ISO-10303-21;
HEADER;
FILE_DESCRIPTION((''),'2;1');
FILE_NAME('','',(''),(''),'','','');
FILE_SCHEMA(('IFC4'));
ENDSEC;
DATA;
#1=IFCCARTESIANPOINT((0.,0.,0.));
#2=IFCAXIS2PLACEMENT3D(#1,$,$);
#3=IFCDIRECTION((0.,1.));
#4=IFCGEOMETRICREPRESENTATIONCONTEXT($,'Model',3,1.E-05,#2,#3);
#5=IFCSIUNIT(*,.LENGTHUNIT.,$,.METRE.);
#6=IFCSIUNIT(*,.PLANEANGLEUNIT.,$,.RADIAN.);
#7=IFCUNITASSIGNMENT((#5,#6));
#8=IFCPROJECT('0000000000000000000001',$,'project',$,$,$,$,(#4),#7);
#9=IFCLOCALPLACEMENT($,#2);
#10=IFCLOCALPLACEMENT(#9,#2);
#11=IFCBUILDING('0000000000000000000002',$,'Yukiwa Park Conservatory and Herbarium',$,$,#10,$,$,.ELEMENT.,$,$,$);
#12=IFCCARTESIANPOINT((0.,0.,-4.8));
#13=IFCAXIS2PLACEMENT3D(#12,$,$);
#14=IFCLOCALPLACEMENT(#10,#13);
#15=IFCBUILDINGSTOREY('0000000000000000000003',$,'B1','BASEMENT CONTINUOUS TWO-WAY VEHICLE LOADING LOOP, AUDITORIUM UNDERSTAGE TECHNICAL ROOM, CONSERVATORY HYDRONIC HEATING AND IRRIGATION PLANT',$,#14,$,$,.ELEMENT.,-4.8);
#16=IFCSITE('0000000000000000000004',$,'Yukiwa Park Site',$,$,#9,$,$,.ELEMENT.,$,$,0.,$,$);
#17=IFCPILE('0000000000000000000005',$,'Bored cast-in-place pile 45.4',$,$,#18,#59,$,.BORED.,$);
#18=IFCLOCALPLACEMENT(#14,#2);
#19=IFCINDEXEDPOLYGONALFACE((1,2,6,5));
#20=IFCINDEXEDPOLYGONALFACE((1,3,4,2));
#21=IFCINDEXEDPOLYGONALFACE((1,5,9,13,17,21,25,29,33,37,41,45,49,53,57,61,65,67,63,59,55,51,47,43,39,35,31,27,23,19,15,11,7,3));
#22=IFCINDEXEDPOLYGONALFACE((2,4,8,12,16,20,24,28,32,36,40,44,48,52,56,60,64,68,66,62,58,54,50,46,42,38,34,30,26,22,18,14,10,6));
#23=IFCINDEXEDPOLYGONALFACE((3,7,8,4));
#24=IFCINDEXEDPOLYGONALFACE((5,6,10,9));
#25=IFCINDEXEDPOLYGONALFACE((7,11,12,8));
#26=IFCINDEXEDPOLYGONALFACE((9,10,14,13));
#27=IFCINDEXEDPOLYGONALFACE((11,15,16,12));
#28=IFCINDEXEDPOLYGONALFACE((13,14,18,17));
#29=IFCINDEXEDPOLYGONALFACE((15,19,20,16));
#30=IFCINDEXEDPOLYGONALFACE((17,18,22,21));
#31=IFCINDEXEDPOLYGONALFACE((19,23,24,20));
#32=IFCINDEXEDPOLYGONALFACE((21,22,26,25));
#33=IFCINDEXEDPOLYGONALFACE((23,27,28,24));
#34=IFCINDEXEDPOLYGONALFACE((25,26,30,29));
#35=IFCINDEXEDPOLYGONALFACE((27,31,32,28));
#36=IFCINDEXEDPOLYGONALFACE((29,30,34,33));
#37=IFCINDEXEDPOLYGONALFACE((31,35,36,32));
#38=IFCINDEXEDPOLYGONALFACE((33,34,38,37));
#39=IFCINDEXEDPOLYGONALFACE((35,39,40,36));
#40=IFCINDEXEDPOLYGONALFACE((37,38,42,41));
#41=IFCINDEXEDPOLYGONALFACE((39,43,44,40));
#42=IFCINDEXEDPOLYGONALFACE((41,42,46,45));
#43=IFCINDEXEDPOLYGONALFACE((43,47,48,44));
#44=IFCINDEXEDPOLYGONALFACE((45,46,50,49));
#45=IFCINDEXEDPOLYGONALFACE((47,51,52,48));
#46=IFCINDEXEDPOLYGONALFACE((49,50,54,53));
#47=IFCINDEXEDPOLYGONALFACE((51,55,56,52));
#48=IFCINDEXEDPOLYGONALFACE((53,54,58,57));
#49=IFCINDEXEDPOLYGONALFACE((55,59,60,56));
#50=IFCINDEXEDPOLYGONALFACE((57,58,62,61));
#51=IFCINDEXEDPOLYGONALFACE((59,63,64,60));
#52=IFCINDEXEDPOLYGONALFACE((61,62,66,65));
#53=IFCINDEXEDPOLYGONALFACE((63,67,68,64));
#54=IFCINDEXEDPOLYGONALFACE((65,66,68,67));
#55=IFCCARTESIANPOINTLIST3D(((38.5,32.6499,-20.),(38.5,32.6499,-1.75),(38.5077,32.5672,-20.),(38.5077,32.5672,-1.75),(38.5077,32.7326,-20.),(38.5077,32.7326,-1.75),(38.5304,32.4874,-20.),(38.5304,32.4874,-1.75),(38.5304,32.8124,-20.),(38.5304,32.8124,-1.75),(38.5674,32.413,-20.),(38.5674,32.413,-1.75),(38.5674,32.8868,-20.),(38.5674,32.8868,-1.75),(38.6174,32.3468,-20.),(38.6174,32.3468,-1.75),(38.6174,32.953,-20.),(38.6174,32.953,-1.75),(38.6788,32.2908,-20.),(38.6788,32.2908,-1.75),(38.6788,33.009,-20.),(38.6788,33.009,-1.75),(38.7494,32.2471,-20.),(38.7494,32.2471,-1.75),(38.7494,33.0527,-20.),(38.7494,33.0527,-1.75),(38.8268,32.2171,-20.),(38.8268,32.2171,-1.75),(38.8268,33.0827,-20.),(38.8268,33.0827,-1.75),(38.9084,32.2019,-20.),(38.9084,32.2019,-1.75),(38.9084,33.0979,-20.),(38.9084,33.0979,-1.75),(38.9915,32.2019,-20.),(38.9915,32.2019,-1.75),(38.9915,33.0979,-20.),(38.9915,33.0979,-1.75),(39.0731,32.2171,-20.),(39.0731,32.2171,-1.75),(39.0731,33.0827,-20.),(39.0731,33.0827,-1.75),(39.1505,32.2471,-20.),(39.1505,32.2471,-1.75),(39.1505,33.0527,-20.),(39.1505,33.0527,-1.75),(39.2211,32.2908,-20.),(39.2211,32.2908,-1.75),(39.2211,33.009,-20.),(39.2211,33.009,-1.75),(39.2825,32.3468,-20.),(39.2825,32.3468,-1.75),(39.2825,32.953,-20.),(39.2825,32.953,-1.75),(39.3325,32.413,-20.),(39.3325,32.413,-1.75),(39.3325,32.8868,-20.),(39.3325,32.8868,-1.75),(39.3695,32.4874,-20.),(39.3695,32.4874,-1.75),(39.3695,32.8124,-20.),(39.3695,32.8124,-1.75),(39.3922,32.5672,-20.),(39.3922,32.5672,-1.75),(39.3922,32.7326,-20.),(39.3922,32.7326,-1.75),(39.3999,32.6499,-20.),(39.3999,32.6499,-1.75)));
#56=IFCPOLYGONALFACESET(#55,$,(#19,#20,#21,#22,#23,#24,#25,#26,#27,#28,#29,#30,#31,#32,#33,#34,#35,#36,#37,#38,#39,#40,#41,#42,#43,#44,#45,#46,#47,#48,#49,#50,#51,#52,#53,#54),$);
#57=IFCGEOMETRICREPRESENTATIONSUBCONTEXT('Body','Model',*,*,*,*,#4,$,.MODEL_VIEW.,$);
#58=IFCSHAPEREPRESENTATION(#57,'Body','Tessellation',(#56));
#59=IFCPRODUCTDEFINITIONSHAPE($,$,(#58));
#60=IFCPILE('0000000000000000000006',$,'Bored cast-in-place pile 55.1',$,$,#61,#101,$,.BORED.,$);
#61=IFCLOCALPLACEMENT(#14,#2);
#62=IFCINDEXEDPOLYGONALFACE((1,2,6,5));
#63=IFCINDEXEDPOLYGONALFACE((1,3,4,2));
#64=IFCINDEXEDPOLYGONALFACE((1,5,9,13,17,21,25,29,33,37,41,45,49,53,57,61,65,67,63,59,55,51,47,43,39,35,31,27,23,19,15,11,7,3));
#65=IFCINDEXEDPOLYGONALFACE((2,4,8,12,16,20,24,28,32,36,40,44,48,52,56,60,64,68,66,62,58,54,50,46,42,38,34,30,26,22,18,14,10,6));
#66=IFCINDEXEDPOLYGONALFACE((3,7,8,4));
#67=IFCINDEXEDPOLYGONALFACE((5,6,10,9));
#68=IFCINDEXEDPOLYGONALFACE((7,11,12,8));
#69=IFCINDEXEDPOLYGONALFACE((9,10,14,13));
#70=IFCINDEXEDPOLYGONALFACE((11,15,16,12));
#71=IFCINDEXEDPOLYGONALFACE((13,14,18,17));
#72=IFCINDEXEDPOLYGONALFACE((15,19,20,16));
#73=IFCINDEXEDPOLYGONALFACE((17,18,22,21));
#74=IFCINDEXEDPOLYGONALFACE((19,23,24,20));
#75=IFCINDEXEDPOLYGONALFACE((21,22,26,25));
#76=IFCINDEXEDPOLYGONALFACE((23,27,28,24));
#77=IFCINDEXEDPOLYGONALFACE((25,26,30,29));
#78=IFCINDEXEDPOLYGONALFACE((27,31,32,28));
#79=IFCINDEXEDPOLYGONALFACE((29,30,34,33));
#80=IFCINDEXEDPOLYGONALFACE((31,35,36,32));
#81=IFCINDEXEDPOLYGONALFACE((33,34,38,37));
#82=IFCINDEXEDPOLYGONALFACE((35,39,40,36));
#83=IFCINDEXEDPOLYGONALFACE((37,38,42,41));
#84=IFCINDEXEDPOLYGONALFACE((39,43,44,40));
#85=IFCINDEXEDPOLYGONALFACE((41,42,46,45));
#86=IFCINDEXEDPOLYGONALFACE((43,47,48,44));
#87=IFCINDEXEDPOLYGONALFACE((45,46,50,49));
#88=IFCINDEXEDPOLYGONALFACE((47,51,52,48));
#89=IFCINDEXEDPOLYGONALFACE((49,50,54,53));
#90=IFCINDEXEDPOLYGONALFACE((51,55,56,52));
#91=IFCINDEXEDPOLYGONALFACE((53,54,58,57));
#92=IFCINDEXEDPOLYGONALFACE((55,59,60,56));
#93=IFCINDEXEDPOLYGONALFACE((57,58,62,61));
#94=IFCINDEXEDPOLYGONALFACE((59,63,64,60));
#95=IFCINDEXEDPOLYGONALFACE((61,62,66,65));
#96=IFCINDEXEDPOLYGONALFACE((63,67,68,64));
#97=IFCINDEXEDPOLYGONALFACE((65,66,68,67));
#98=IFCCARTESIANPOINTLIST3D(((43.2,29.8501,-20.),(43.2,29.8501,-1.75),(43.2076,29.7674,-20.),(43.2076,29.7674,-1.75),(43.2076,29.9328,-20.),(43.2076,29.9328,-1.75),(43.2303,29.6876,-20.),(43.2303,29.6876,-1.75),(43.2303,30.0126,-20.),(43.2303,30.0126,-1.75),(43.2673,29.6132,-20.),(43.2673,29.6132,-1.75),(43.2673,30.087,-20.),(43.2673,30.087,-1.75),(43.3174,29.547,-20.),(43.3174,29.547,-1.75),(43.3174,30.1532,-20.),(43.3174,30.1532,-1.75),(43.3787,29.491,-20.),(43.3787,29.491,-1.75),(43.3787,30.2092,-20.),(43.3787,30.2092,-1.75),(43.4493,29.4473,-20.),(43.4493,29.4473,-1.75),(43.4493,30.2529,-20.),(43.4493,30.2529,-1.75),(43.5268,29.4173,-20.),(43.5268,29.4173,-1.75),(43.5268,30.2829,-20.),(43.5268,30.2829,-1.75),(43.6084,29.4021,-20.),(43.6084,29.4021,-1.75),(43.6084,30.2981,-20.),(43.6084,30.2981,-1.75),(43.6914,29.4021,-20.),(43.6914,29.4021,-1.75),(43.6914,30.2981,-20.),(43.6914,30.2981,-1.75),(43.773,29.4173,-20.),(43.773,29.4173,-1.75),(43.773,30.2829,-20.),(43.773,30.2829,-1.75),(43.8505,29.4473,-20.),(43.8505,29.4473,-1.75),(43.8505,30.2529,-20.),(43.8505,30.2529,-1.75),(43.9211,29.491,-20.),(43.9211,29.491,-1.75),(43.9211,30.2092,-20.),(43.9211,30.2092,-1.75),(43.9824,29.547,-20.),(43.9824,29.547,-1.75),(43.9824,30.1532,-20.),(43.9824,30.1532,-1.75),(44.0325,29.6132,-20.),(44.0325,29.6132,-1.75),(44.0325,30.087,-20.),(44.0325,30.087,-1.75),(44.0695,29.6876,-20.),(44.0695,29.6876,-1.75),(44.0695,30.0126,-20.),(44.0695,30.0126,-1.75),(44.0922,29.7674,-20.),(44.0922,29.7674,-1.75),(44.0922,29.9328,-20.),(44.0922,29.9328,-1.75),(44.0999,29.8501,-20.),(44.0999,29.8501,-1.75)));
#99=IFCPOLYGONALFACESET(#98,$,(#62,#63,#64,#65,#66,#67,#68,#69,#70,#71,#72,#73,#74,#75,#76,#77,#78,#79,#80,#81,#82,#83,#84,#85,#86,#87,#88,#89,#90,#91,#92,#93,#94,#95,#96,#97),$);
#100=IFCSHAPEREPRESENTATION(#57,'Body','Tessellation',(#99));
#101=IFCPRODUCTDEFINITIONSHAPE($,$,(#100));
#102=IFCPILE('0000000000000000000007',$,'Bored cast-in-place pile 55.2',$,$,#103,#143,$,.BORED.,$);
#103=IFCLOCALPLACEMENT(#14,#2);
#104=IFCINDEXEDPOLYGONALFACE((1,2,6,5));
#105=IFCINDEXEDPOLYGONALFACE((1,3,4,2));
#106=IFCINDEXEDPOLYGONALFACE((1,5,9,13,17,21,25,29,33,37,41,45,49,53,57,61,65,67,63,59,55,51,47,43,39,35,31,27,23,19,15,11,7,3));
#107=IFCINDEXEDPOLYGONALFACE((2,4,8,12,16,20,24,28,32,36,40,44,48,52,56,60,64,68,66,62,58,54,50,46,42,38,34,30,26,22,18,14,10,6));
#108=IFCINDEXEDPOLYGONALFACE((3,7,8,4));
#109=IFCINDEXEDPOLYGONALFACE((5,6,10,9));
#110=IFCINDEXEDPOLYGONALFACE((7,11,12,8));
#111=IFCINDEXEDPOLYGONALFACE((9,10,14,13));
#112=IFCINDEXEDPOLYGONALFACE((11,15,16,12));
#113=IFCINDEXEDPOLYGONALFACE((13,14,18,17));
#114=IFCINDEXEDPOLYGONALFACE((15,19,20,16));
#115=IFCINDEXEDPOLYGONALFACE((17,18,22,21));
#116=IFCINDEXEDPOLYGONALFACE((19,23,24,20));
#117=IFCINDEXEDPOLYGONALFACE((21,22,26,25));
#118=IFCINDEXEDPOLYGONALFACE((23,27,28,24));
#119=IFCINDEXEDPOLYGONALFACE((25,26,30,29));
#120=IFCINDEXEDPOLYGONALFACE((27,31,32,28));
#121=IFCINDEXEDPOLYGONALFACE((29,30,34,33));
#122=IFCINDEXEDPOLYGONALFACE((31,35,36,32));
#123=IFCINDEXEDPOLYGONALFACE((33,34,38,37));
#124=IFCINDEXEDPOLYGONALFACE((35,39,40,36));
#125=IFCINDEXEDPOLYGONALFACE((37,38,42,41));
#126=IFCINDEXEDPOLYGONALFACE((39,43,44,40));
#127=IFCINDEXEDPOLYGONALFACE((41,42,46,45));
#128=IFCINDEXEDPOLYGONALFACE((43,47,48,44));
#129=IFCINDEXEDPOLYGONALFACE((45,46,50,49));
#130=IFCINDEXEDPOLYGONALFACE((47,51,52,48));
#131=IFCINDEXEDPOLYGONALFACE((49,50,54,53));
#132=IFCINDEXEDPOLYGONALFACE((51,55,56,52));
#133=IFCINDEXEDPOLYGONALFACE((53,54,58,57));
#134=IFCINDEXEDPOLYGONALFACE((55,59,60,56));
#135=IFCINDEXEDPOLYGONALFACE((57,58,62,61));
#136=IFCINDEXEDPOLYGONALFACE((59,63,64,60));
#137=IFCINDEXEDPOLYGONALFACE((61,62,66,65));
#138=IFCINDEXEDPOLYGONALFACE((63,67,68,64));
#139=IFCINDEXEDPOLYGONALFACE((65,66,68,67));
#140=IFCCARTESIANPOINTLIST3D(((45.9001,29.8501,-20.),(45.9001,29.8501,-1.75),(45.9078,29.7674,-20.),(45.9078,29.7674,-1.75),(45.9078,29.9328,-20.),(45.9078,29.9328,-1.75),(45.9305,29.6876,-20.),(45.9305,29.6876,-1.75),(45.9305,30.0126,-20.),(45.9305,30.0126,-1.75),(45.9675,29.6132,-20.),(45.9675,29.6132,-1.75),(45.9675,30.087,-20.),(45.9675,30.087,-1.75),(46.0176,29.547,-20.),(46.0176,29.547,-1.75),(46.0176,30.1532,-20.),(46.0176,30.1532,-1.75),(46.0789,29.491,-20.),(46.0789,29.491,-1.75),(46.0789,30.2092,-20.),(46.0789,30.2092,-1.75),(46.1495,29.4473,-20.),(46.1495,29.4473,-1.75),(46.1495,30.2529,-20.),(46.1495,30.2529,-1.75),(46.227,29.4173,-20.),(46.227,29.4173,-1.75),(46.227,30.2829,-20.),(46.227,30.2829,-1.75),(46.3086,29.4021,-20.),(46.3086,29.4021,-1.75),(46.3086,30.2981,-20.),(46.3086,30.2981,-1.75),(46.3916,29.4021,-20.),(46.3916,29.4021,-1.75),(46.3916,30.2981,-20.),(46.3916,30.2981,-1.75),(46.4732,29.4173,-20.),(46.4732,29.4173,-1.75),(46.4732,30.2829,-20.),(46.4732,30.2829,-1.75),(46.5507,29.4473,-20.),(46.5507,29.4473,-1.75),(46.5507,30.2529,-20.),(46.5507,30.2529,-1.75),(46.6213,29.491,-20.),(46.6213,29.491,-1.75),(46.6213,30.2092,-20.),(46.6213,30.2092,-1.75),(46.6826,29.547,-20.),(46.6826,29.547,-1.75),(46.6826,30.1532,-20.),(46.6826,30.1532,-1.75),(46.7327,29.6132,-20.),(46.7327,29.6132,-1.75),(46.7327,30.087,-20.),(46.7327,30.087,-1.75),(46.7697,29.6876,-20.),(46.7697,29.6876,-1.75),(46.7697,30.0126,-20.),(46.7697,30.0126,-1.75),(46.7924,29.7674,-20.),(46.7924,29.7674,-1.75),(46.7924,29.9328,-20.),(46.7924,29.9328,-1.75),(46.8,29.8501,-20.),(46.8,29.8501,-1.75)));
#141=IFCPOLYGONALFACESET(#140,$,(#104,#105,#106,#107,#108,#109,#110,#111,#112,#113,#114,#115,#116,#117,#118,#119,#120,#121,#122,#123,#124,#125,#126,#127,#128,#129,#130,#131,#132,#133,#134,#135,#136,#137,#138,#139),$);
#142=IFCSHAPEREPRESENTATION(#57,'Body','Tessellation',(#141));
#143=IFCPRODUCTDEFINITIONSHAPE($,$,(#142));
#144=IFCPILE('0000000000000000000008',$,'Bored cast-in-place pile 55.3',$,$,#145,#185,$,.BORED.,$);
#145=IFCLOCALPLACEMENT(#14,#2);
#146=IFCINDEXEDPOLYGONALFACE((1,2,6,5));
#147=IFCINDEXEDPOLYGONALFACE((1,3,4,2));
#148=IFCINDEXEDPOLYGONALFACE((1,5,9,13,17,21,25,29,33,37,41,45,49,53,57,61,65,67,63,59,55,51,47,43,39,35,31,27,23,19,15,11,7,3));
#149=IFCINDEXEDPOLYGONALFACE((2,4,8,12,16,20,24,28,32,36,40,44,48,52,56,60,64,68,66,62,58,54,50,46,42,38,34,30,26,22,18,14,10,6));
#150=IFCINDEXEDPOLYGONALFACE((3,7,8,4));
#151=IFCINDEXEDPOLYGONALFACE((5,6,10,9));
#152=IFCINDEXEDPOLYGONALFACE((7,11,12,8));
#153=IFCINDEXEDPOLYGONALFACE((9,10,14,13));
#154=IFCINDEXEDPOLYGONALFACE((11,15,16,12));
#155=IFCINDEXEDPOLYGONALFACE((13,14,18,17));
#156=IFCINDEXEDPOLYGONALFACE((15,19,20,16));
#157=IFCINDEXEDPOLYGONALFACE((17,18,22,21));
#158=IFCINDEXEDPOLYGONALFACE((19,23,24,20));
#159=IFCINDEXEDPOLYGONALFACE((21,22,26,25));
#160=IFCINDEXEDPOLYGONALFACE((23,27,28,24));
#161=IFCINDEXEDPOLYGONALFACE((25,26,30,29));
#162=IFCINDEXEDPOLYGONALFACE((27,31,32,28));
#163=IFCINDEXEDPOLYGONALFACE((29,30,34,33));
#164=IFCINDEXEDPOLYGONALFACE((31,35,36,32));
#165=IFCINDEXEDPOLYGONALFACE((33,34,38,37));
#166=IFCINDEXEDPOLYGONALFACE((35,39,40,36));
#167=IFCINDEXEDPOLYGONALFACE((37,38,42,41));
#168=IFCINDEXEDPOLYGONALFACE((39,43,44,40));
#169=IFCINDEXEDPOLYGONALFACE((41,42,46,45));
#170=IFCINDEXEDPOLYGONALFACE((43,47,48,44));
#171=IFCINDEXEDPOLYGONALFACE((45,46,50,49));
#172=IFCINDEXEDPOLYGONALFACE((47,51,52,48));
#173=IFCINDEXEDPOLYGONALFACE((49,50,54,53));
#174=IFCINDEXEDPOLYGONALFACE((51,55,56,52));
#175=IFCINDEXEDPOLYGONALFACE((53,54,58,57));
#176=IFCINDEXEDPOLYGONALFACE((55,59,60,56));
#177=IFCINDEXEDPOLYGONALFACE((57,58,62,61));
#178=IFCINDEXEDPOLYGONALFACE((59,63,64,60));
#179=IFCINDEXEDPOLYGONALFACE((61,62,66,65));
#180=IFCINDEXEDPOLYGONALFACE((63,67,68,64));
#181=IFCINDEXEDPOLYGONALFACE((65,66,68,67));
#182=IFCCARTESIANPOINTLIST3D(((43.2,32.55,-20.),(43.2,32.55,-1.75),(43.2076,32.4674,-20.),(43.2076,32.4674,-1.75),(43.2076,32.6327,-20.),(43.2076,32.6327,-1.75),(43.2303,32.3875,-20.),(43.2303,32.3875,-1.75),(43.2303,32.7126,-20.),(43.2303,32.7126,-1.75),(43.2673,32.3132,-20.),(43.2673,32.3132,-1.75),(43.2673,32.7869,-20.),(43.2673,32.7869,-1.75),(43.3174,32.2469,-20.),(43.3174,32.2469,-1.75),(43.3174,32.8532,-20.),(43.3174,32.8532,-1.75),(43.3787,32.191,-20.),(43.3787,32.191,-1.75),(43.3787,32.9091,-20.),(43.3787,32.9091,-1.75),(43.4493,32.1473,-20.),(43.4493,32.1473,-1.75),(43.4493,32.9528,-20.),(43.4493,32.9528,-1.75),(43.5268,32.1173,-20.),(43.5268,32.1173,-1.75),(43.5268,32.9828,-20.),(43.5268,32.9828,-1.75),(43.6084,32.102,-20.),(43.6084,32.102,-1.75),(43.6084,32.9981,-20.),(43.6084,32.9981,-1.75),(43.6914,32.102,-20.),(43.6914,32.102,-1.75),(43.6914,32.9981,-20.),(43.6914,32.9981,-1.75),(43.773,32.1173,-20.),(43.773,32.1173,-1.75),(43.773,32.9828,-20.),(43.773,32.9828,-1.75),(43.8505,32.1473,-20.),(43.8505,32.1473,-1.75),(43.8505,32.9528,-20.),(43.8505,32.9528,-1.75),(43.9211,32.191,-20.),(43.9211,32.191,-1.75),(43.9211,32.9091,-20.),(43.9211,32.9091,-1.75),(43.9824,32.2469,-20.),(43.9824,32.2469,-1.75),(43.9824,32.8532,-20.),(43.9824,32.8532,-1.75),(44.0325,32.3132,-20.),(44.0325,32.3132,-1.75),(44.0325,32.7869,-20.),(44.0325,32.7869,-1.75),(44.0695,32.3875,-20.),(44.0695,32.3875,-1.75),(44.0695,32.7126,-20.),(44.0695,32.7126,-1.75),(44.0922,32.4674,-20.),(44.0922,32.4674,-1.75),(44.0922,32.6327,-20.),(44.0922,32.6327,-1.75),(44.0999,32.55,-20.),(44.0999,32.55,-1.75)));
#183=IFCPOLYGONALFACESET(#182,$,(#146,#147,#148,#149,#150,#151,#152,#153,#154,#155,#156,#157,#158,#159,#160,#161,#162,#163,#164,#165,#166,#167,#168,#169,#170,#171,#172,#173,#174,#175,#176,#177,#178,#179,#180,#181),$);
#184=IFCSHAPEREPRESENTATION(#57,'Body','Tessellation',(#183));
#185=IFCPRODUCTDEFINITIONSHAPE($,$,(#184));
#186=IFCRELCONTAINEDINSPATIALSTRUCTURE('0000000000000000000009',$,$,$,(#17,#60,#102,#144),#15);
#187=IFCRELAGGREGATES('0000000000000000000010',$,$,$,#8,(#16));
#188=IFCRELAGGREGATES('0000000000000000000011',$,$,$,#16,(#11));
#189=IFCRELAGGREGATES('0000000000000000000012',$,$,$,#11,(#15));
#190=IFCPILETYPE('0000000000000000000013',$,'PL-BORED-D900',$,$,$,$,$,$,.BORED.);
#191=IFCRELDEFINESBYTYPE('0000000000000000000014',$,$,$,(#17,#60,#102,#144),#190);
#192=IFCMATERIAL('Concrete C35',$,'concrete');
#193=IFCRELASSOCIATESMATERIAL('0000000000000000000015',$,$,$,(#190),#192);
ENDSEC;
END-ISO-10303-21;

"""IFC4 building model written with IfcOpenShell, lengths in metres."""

from ifc_helpers import new_model, si_unit, direction, frame, origin, origin_2d, place, context, subcontext, project, spatial, circle, extrude, material, material_profile, profile_set, type_object, element, save


model = new_model("IFC4")

# Units and contexts
model_context = context("Model", 3, precision=1e-05, world=origin(), true_north=direction((0.0, 1.0)))
body_context = subcontext(model_context, "Body", "Model", "MODEL_VIEW")
ifc_project = project(units=[si_unit("LENGTHUNIT", "METRE"), si_unit("PLANEANGLEUNIT", "RADIAN")], contexts=[model_context])

# Site, building, storey
site_placement = place(None, origin())
site = spatial("IfcSite", under=ifc_project, at=site_placement, Name="Yukiwa Park Site", CompositionType="ELEMENT", RefElevation=0.0)
building_placement = place(site_placement, origin())
building = spatial("IfcBuilding", under=site, at=building_placement, Name="Yukiwa Park Conservatory and Herbarium", CompositionType="ELEMENT")
storey_placement = place(building_placement, frame((0.0, 0.0, -4.8)))
storey = spatial("IfcBuildingStorey", under=building, at=storey_placement, Name="B1", Description="BASEMENT CONTINUOUS TWO-WAY VEHICLE LOADING LOOP, AUDITORIUM UNDERSTAGE TECHNICAL ROOM, CONSERVATORY HYDRONIC HEATING AND IRRIGATION PLANT", CompositionType="ELEMENT", Elevation=-4.8)

# Piles
ifc_material_1 = material(Name="Concrete C35", Category="concrete")
ifc_material_profile_1 = material_profile(ifc_material_1, circle(Radius=0.45, at=origin_2d()), Name="PILE D900")
ifc_profile_set_1 = profile_set([ifc_material_profile_1], Name="Concrete C35")
pile_type_1 = type_object("IfcPileType", Name="PL-BORED-D900", PredefinedType="BORED", material=ifc_profile_set_1)
for number, where, z_axis, x_axis, name in (
    (1, (38.95, 32.6499, -1.75), (0.0, 0.0, -1.0), (1.0, 0.0, 0.0), "Bored cast-in-place pile 45.4"),
    (2, (43.6499, 29.8501, -1.75), (0.0, 0.0, -1.0), (1.0, 0.0, 0.0), "Bored cast-in-place pile 55.1"),
    (3, (46.3501, 29.8501, -1.75), (0.0, 0.0, -1.0), (1.0, 0.0, 0.0), "Bored cast-in-place pile 55.2"),
    (4, (43.6499, 32.55, -1.75), (0.0, 0.0, -1.0), (1.0, 0.0, 0.0), "Bored cast-in-place pile 55.3"),
):
    element("IfcPile", number, at=place(storey_placement, frame(where, z_axis=z_axis, x_axis=x_axis)), inside=storey, type_object=pile_type_1, Name=name, PredefinedType="BORED", context=body_context, shape_type="SweptSolid", body=[
        extrude(circle(Radius=0.45, at=origin_2d()), origin(), (0.0, 0.0, 1.0), 18.25),
    ])

save(model, "model.ifc")
